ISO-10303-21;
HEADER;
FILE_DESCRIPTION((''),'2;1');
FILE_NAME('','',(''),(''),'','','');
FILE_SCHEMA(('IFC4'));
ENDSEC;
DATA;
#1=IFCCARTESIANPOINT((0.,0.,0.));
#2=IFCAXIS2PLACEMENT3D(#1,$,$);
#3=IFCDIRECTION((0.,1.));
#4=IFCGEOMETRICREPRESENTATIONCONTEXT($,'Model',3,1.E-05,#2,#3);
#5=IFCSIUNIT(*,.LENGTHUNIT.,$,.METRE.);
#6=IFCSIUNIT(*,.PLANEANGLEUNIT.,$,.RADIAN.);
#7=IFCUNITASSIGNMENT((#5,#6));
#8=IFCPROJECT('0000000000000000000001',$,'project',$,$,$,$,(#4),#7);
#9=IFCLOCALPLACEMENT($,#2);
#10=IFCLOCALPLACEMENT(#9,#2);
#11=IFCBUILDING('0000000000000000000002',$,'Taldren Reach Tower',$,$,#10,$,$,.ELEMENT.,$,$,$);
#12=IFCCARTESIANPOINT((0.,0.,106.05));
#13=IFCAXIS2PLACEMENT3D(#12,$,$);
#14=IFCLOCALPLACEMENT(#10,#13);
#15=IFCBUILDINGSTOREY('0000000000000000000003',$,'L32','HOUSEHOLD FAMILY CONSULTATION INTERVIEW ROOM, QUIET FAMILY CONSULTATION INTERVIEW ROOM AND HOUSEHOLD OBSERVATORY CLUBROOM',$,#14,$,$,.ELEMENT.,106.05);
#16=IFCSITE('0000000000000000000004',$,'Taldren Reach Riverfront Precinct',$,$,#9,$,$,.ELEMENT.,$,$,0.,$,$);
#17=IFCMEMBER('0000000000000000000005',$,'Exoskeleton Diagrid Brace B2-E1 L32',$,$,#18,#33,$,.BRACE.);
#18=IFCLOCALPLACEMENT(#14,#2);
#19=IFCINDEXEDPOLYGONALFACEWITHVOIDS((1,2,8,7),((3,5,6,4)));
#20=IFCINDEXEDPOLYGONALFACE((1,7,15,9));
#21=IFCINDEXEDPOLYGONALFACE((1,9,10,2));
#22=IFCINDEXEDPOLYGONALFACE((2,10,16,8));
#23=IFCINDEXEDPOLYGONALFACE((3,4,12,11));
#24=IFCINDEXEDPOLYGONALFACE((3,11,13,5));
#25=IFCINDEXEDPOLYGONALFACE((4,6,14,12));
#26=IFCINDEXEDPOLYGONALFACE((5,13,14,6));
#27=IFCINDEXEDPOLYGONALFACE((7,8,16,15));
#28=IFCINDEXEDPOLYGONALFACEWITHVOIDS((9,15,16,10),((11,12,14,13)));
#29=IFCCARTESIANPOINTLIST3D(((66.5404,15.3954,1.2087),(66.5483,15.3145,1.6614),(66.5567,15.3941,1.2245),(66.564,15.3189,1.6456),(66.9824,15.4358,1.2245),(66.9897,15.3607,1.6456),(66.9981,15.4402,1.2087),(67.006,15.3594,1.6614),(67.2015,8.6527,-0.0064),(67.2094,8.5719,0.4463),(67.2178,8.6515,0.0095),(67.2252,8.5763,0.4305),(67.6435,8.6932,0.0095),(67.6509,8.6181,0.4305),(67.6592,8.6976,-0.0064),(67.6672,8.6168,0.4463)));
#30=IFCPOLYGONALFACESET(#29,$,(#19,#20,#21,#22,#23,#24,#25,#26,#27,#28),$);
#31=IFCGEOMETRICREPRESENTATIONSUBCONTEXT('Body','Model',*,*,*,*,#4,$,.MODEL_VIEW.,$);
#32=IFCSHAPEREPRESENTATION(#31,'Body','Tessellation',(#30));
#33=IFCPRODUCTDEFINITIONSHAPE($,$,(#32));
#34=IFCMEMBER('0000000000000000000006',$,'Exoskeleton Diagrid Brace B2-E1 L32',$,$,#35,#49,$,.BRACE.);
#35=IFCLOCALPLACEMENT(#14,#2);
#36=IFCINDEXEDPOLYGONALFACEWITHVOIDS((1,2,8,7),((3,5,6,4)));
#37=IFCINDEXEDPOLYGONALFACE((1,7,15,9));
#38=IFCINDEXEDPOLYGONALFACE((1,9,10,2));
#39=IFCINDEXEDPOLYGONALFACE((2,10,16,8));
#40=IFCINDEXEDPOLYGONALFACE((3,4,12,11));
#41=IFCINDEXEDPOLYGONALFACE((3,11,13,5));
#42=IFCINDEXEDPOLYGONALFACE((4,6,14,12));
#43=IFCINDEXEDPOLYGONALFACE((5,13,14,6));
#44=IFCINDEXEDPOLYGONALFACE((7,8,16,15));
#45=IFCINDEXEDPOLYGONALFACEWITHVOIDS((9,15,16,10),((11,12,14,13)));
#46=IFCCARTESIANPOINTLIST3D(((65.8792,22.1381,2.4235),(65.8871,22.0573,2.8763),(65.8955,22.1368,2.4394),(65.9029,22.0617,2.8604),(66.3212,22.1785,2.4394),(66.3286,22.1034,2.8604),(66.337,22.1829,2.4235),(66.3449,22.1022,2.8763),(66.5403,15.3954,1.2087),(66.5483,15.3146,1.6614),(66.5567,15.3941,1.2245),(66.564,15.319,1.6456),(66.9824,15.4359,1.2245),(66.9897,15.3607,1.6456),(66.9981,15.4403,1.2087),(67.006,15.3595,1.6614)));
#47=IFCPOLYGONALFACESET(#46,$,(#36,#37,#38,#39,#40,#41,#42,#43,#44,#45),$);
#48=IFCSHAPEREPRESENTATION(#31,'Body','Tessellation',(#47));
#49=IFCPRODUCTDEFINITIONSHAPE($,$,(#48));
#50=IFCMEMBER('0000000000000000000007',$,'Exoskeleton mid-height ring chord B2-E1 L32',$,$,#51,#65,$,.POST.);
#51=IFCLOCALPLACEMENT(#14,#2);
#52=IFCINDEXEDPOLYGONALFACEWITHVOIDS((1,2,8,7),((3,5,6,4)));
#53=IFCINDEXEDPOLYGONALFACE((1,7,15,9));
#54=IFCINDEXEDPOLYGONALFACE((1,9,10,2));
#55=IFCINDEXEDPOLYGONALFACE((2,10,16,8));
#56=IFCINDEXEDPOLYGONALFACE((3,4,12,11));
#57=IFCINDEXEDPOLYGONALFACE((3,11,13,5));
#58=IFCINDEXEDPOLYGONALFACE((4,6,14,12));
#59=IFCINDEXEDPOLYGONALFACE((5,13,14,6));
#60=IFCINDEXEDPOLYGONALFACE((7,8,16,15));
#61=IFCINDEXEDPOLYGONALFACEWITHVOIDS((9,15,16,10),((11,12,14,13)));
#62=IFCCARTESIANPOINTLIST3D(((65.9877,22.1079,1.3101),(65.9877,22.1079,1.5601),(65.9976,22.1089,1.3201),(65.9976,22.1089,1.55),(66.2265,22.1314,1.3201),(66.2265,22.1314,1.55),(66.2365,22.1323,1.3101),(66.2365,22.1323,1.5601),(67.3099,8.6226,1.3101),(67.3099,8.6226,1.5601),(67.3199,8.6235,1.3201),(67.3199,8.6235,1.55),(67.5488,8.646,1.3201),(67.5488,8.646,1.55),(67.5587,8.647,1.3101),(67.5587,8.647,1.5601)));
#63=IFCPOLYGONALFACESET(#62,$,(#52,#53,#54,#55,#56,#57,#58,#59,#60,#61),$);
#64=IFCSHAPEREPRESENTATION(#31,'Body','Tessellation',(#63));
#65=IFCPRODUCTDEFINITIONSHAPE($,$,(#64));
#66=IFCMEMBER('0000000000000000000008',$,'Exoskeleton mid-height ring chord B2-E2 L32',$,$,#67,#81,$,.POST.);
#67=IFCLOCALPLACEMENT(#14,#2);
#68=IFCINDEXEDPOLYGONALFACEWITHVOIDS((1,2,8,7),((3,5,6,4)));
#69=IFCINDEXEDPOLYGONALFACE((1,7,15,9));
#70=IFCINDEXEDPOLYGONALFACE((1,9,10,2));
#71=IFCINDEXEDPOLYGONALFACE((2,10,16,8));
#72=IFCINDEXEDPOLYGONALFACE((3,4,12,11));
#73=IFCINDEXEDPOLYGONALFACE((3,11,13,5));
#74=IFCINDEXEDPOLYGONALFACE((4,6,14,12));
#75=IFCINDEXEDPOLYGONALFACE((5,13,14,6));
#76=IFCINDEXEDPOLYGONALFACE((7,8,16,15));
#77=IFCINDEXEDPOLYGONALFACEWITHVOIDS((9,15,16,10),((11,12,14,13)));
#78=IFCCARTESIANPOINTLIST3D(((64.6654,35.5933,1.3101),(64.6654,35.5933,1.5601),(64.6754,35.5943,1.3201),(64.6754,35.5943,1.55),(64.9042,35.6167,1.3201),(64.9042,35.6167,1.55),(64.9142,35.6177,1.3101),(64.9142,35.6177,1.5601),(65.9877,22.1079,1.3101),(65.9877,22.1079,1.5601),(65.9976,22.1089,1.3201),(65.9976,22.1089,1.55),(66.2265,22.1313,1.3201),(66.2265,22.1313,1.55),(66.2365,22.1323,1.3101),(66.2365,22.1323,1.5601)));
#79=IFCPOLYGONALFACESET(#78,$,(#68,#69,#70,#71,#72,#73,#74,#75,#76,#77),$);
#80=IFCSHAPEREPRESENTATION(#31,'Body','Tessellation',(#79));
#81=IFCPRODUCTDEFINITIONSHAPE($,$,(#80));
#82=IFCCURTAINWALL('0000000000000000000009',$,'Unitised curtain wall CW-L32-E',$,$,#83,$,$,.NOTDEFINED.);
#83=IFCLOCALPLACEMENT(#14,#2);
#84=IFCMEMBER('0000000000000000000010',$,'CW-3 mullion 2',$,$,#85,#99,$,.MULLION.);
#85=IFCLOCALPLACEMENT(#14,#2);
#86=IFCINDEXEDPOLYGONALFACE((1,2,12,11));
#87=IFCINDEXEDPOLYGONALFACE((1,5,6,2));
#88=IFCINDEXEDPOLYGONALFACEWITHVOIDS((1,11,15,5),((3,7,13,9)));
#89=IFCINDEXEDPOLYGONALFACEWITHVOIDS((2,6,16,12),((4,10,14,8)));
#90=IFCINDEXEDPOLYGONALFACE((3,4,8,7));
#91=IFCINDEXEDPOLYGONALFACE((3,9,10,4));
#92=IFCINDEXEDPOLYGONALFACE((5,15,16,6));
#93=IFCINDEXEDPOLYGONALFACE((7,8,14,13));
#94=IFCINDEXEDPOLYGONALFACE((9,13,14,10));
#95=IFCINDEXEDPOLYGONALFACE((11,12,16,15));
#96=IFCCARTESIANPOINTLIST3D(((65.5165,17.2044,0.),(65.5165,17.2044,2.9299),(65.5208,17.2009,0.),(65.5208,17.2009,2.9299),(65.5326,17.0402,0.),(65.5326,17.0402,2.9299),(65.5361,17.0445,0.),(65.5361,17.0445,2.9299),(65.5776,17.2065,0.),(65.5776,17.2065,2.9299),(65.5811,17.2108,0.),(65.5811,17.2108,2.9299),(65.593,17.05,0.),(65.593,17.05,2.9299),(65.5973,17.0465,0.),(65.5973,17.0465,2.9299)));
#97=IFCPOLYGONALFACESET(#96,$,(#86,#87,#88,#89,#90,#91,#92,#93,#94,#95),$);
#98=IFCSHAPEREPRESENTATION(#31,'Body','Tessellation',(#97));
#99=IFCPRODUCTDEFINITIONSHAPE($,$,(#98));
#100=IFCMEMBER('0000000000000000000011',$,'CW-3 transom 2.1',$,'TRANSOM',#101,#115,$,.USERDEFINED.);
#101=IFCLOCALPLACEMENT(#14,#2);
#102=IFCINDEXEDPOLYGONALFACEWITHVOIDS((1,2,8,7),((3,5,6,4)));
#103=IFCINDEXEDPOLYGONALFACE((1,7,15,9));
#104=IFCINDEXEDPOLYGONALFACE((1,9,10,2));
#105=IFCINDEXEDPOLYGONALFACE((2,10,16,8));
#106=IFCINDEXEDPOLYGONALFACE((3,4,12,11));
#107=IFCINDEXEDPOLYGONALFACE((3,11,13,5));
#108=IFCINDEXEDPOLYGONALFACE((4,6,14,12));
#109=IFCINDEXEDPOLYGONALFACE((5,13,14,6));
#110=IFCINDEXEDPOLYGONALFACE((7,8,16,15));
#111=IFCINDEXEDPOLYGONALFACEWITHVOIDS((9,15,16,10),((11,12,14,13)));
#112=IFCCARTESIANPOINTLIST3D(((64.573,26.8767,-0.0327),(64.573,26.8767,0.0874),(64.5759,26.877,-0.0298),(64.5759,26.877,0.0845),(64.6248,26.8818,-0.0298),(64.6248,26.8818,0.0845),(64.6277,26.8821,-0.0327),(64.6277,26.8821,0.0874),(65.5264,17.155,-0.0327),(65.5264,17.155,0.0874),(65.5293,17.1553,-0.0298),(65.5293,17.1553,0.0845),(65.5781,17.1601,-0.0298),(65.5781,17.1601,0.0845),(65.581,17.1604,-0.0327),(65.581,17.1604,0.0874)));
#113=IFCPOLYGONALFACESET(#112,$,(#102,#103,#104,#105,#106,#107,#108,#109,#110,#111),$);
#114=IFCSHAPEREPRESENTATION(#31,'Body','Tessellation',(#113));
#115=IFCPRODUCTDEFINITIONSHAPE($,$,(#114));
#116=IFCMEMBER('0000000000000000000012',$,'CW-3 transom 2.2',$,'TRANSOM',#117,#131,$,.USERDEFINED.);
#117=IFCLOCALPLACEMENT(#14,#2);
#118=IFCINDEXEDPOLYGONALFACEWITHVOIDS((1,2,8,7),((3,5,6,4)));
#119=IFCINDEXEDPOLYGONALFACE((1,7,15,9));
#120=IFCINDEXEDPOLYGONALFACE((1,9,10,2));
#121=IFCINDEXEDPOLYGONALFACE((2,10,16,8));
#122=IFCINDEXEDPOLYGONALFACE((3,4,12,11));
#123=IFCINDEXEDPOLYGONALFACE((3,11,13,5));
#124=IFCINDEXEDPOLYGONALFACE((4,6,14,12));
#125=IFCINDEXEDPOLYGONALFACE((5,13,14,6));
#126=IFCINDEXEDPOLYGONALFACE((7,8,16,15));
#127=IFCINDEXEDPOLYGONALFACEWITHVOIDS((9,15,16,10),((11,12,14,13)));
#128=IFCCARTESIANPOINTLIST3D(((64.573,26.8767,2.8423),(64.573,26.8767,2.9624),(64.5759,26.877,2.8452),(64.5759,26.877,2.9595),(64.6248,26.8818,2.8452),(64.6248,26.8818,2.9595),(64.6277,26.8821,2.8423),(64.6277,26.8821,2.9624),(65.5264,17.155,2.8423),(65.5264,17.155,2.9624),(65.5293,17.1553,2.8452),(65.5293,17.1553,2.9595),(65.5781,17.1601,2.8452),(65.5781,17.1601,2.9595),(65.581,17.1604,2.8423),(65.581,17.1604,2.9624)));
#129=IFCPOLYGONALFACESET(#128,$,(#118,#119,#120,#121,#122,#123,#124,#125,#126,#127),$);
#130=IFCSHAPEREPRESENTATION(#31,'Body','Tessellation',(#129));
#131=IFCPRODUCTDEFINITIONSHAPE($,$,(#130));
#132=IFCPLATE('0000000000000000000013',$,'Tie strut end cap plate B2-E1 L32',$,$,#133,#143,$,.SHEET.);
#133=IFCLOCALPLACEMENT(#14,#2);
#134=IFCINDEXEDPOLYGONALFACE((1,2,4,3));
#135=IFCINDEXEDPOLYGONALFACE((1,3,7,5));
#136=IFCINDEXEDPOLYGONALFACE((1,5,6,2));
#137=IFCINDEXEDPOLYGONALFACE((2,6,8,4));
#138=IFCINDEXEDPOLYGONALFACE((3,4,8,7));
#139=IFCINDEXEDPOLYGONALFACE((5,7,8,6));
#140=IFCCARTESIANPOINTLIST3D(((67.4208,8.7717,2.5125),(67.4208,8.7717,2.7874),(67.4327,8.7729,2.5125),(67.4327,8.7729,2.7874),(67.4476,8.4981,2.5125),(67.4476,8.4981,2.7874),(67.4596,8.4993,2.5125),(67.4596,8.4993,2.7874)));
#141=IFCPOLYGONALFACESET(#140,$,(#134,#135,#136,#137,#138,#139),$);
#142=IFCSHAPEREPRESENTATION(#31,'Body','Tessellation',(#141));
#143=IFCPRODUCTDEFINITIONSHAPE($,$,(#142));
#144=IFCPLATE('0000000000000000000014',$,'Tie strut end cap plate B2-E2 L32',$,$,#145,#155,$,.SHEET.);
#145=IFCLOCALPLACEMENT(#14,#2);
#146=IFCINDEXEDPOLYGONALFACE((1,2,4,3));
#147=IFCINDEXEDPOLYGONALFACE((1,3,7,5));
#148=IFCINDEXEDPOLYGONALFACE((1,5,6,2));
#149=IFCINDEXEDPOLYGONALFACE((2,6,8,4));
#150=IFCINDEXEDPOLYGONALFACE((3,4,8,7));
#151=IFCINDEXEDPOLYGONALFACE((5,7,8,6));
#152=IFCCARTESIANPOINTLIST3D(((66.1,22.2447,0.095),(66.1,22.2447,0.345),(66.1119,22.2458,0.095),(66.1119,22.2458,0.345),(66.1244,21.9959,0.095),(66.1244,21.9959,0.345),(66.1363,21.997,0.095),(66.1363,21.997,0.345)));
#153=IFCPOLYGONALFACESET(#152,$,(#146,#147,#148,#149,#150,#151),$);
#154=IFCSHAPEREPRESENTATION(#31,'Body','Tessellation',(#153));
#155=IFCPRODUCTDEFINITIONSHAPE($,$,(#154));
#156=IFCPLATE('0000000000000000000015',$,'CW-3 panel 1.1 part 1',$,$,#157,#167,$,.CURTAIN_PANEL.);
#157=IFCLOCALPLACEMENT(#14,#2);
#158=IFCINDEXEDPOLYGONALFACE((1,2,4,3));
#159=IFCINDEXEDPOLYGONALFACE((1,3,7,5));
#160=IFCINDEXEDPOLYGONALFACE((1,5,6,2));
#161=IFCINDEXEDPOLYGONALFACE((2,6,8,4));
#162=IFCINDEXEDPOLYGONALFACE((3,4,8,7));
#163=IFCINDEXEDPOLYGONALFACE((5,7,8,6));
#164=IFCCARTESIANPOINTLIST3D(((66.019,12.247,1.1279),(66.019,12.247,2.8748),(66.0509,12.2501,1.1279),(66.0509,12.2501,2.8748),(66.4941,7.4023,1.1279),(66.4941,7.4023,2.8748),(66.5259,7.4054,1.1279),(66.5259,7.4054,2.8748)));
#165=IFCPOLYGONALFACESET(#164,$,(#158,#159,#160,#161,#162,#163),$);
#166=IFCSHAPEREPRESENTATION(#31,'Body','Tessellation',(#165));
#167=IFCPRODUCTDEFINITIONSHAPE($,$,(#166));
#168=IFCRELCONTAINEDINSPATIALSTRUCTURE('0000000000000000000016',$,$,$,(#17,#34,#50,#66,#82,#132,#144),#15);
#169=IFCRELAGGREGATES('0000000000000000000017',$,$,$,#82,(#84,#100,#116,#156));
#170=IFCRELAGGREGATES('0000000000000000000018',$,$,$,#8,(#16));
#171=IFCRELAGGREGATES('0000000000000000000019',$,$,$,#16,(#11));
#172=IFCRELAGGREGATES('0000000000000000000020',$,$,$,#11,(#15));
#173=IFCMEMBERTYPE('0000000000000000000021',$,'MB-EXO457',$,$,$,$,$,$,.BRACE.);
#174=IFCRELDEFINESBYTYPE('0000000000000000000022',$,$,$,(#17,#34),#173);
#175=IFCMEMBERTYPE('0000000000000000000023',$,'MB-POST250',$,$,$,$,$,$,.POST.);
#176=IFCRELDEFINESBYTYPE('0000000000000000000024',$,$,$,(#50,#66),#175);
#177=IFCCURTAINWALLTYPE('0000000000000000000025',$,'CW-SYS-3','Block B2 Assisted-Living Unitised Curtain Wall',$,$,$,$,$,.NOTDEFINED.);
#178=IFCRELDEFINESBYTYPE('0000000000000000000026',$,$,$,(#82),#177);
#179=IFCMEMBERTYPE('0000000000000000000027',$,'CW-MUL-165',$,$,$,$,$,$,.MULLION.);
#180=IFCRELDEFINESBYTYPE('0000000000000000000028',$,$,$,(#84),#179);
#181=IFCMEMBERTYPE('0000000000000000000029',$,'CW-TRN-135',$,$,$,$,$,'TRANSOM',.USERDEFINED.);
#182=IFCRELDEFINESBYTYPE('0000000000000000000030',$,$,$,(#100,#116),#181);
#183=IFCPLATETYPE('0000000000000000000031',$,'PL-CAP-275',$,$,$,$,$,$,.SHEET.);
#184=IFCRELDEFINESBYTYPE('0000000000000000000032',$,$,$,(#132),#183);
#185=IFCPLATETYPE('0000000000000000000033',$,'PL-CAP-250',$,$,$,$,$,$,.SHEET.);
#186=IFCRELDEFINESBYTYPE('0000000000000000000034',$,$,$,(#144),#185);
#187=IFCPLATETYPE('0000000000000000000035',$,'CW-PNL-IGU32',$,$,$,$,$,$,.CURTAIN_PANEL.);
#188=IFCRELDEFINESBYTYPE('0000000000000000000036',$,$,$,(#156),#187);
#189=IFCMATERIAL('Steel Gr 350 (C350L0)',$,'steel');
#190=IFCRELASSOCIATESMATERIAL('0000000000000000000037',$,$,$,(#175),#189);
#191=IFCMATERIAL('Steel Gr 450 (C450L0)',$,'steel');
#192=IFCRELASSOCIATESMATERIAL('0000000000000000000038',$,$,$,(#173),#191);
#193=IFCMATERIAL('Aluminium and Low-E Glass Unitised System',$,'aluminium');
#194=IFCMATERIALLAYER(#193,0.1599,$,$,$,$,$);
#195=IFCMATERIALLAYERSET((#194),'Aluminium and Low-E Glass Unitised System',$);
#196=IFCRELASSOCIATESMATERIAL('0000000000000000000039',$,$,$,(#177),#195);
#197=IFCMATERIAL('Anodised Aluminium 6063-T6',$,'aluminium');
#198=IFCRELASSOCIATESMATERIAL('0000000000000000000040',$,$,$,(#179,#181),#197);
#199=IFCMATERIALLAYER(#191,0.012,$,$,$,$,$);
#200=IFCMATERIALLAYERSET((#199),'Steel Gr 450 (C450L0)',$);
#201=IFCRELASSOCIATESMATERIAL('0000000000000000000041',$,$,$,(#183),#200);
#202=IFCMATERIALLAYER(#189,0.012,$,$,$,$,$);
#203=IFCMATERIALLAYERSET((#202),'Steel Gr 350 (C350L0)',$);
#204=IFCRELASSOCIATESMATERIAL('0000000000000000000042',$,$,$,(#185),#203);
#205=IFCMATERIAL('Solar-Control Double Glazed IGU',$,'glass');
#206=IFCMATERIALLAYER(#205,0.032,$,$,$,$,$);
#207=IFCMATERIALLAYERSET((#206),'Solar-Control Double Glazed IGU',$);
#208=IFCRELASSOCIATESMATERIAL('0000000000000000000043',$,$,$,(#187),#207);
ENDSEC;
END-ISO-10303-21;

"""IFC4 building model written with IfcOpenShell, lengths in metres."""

from ifc_helpers import new_model, si_unit, direction, frame, origin, origin_2d, place, context, subcontext, project, spatial, rectangle, hollow_rectangle, extrude, source, transform, mapped, material, layer, layer_set, material_profile, profile_set, type_object, element, aggregate, save


model = new_model("IFC4")

# Units and contexts
model_context = context("Model", 3, precision=1e-05, world=origin(), true_north=direction((0.0, 1.0)))
body_context = subcontext(model_context, "Body", "Model", "MODEL_VIEW")
ifc_project = project(units=[si_unit("LENGTHUNIT", "METRE"), si_unit("PLANEANGLEUNIT", "RADIAN")], contexts=[model_context])

# Site, building, storey
site_placement = place(None, origin())
site = spatial("IfcSite", under=ifc_project, at=site_placement, Name="Taldren Reach Riverfront Precinct", CompositionType="ELEMENT", RefElevation=0.0)
building_placement = place(site_placement, origin())
building = spatial("IfcBuilding", under=site, at=building_placement, Name="Taldren Reach Tower", CompositionType="ELEMENT")
storey_placement = place(building_placement, frame((0.0, 0.0, 106.05)))
storey = spatial("IfcBuildingStorey", under=building, at=storey_placement, Name="L32", Description="HOUSEHOLD FAMILY CONSULTATION INTERVIEW ROOM, QUIET FAMILY CONSULTATION INTERVIEW ROOM AND HOUSEHOLD OBSERVATORY CLUBROOM", CompositionType="ELEMENT", Elevation=106.05)

# Shared definitions
ifc_material_1 = material(Name="Steel Gr 450 (C450L0)", Category="steel")
ifc_material_2 = material(Name="Steel Gr 350 (C350L0)", Category="steel")
ifc_material_profile_1 = material_profile(ifc_material_2, hollow_rectangle(XDim=0.25, YDim=0.25, WallThickness=0.01, at=origin_2d()), Name="250x250x10.0SHS")
ifc_profile_set_1 = profile_set([ifc_material_profile_1], Name="Steel Gr 350 (C350L0)")
member_type_1 = type_object("IfcMemberType", Name="MB-POST250", PredefinedType="POST", material=ifc_profile_set_1)

# Members
ifc_material_profile_2 = material_profile(ifc_material_1, hollow_rectangle(XDim=0.46, YDim=0.46, WallThickness=0.0161, at=origin_2d()), Name="460x460x16.0SHS")
ifc_profile_set_2 = profile_set([ifc_material_profile_2], Name="Steel Gr 450 (C450L0)")
member_type_2 = type_object("IfcMemberType", Name="MB-EXO457", PredefinedType="BRACE", material=ifc_profile_set_2)
shared_shape_1 = source(origin(), body_context, "Body", "SweptSolid", [
    extrude(hollow_rectangle(XDim=0.46, YDim=0.46, WallThickness=0.0161, at=origin_2d()), origin(), (0.0, 0.0, 1.0), 6.8831),
])
for number, where, z_axis, x_axis, name in (
    (1, (67.4343, 8.6348, 0.22), (-0.096051, 0.979597, 0.176532), (-0.995227, -0.097584, 0.0), "Exoskeleton Diagrid Brace B2-E1 L32"),
    (2, (66.7732, 15.3774, 1.4351), (-0.096052, 0.979603, 0.176497), (-0.995227, -0.097584, 0.0), "Exoskeleton Diagrid Brace B2-E1 L32"),
):
    element("IfcMember", number, at=place(storey_placement, frame(where, z_axis=z_axis, x_axis=x_axis)), inside=storey, type_object=member_type_2, Name=name, PredefinedType="BRACE", context=body_context, shape_type="MappedRepresentation", body=[
        mapped(shared_shape_1, transform((0.0, 0.0, 0.0), scale=1.0)),
    ])
shared_shape_2 = source(origin(), body_context, "Body", "SweptSolid", [
    extrude(hollow_rectangle(XDim=0.25, YDim=0.25, WallThickness=0.01, at=origin_2d()), origin(), (0.0, 0.0, 1.0), 13.55),
])
for number, where, z_axis, x_axis, name in (
    (3, (67.4343, 8.6348, 1.4351), (-0.097584, 0.995227, 0.0), (-0.995227, -0.097584, 0.0), "Exoskeleton mid-height ring chord B2-E1 L32"),
    (4, (66.1121, 22.1201, 1.4351), (-0.097584, 0.995227, 0.0), (-0.995227, -0.097584, 0.0), "Exoskeleton mid-height ring chord B2-E2 L32"),
):
    element("IfcMember", number, at=place(storey_placement, frame(where, z_axis=z_axis, x_axis=x_axis)), inside=storey, type_object=member_type_1, Name=name, PredefinedType="POST", context=body_context, shape_type="MappedRepresentation", body=[
        mapped(shared_shape_2, transform((0.0, 0.0, 0.0), scale=1.0)),
    ])

# Curtain wall, members
ifc_material_3 = material(Name="Aluminium and Low-E Glass Unitised System", Category="aluminium")
ifc_layer_1 = layer(ifc_material_3, 0.1599)
ifc_layer_set_1 = layer_set([ifc_layer_1], Name="Aluminium and Low-E Glass Unitised System")
curtain_wall_type = type_object("IfcCurtainWallType", Name="CW-SYS-3", Description="Block B2 Assisted-Living Unitised Curtain Wall", PredefinedType="NOTDEFINED", material=ifc_layer_set_1)
curtain_wall_placement = place(storey_placement, origin())
curtain_wall = element("IfcCurtainWall", 5, at=curtain_wall_placement, inside=storey, type_object=curtain_wall_type, Name="Unitised curtain wall CW-L32-E", PredefinedType="NOTDEFINED")
ifc_material_4 = material(Name="Anodised Aluminium 6063-T6", Category="aluminium")
ifc_material_profile_3 = material_profile(ifc_material_4, hollow_rectangle(XDim=0.0649, YDim=0.165, WallThickness=0.0039, at=origin_2d()), Name="ALU-165x65x4RHS")
ifc_profile_set_3 = profile_set([ifc_material_profile_3], Name="Anodised Aluminium 6063-T6")
member_type_3 = type_object("IfcMemberType", Name="CW-MUL-165", PredefinedType="MULLION", material=ifc_profile_set_3)
shared_shape_3 = source(origin(), body_context, "Body", "SweptSolid", [
    extrude(hollow_rectangle(XDim=0.0649, YDim=0.165, WallThickness=0.0039, at=origin_2d()), origin(), (0.0, 0.0, 1.0), 2.9299),
])
member_1_placement = place(storey_placement, frame((65.5569, 17.1255, 0.0), z_axis=(0.0, 0.0, 1.0), x_axis=(-0.995227, -0.097583, 0.0)))
member_1 = element("IfcMember", 6, at=member_1_placement, type_object=member_type_3, Name="CW-3 mullion 2", PredefinedType="MULLION", context=body_context, shape_type="MappedRepresentation", body=[
    mapped(shared_shape_3, transform((0.0, 0.0, 0.0), scale=1.0)),
])
ifc_material_profile_4 = material_profile(ifc_material_4, hollow_rectangle(XDim=0.0549, YDim=0.1201, WallThickness=0.0029, at=origin_2d()), Name="ALU-120x55x3RHS")
ifc_profile_set_4 = profile_set([ifc_material_profile_4], Name="Anodised Aluminium 6063-T6")
member_type_4 = type_object("IfcMemberType", Name="CW-TRN-135", ElementType="TRANSOM", PredefinedType="USERDEFINED", material=ifc_profile_set_4)
shared_shape_4 = source(origin(), body_context, "Body", "SweptSolid", [
    extrude(hollow_rectangle(XDim=0.0549, YDim=0.1201, WallThickness=0.0029, at=origin_2d()), origin(), (0.0, 0.0, 1.0), 9.7683),
])
member_2_placement = place(storey_placement, frame((65.5537, 17.1577, 0.0273), z_axis=(-0.097598, 0.995226, 0.0), x_axis=(-0.995226, -0.097598, 0.0)))
member_2 = element("IfcMember", 7, at=member_2_placement, type_object=member_type_4, Name="CW-3 transom 2.1", ObjectType="TRANSOM", PredefinedType="USERDEFINED", context=body_context, shape_type="MappedRepresentation", body=[
    mapped(shared_shape_4, transform((0.0, 0.0, 0.0), scale=1.0)),
])
member_3_placement = place(storey_placement, frame((65.5537, 17.1577, 2.9023), z_axis=(-0.097598, 0.995226, 0.0), x_axis=(-0.995226, -0.097598, 0.0)))
member_3 = element("IfcMember", 8, at=member_3_placement, type_object=member_type_4, Name="CW-3 transom 2.2", ObjectType="TRANSOM", PredefinedType="USERDEFINED", context=body_context, shape_type="MappedRepresentation", body=[
    mapped(shared_shape_4, transform((0.0, 0.0, 0.0), scale=1.0)),
])

# Plates
ifc_layer_2 = layer(ifc_material_1, 0.012)
ifc_layer_set_2 = layer_set([ifc_layer_2], Name="Steel Gr 450 (C450L0)")
plate_type_1 = type_object("IfcPlateType", Name="PL-CAP-275", PredefinedType="SHEET", material=ifc_layer_set_2)
shared_shape_5 = source(origin(), body_context, "Body", "SweptSolid", [
    extrude(rectangle(XDim=0.012, YDim=0.2749, at=origin_2d()), origin(), (0.0, 0.0, 1.0), 0.2749),
])
plate_1_placement = place(storey_placement, frame((67.4402, 8.6355, 2.5125), z_axis=(0.0, 0.0, 1.0), x_axis=(0.995227, 0.097583, 0.0)))
element("IfcPlate", 9, at=plate_1_placement, inside=storey, type_object=plate_type_1, Name="Tie strut end cap plate B2-E1 L32", PredefinedType="SHEET", context=body_context, shape_type="MappedRepresentation", body=[
    mapped(shared_shape_5, transform((0.0, 0.0, 0.0), scale=1.0)),
])
ifc_layer_3 = layer(ifc_material_2, 0.012)
ifc_layer_set_3 = layer_set([ifc_layer_3], Name="Steel Gr 350 (C350L0)")
plate_type_2 = type_object("IfcPlateType", Name="PL-CAP-250", PredefinedType="SHEET", material=ifc_layer_set_3)
shared_shape_6 = source(origin(), body_context, "Body", "SweptSolid", [
    extrude(rectangle(XDim=0.012, YDim=0.25, at=origin_2d()), origin(), (0.0, 0.0, 1.0), 0.25),
])
plate_2_placement = place(storey_placement, frame((66.1182, 22.1208, 0.095), z_axis=(0.0, 0.0, 1.0), x_axis=(0.995227, 0.097583, 0.0)))
element("IfcPlate", 10, at=plate_2_placement, inside=storey, type_object=plate_type_2, Name="Tie strut end cap plate B2-E2 L32", PredefinedType="SHEET", context=body_context, shape_type="MappedRepresentation", body=[
    mapped(shared_shape_6, transform((0.0, 0.0, 0.0), scale=1.0)),
])

# Plate
ifc_material_5 = material(Name="Solar-Control Double Glazed IGU", Category="glass")
ifc_layer_4 = layer(ifc_material_5, 0.032)
ifc_layer_set_4 = layer_set([ifc_layer_4], Name="Solar-Control Double Glazed IGU")
plate_type_3 = type_object("IfcPlateType", Name="CW-PNL-IGU32", PredefinedType="CURTAIN_PANEL", material=ifc_layer_set_4)
shared_shape_7 = source(origin(), body_context, "Body", "SweptSolid", [
    extrude(rectangle(XDim=4.8679, YDim=0.032, at=origin_2d()), origin(), (0.0, 0.0, 1.0), 1.7468),
])
plate_3_placement = place(storey_placement, frame((66.2725, 9.8262, 1.1279), z_axis=(0.0, 0.0, 1.0), x_axis=(-0.097583, 0.995227, 0.0)))
plate_3 = element("IfcPlate", 11, at=plate_3_placement, type_object=plate_type_3, Name="CW-3 panel 1.1 part 1", PredefinedType="CURTAIN_PANEL", context=body_context, shape_type="MappedRepresentation", body=[
    mapped(shared_shape_7, transform((0.0, 0.0, 0.0), scale=1.0)),
])
aggregate(curtain_wall, [member_1, member_2, member_3, plate_3])

save(model, "model.ifc")
